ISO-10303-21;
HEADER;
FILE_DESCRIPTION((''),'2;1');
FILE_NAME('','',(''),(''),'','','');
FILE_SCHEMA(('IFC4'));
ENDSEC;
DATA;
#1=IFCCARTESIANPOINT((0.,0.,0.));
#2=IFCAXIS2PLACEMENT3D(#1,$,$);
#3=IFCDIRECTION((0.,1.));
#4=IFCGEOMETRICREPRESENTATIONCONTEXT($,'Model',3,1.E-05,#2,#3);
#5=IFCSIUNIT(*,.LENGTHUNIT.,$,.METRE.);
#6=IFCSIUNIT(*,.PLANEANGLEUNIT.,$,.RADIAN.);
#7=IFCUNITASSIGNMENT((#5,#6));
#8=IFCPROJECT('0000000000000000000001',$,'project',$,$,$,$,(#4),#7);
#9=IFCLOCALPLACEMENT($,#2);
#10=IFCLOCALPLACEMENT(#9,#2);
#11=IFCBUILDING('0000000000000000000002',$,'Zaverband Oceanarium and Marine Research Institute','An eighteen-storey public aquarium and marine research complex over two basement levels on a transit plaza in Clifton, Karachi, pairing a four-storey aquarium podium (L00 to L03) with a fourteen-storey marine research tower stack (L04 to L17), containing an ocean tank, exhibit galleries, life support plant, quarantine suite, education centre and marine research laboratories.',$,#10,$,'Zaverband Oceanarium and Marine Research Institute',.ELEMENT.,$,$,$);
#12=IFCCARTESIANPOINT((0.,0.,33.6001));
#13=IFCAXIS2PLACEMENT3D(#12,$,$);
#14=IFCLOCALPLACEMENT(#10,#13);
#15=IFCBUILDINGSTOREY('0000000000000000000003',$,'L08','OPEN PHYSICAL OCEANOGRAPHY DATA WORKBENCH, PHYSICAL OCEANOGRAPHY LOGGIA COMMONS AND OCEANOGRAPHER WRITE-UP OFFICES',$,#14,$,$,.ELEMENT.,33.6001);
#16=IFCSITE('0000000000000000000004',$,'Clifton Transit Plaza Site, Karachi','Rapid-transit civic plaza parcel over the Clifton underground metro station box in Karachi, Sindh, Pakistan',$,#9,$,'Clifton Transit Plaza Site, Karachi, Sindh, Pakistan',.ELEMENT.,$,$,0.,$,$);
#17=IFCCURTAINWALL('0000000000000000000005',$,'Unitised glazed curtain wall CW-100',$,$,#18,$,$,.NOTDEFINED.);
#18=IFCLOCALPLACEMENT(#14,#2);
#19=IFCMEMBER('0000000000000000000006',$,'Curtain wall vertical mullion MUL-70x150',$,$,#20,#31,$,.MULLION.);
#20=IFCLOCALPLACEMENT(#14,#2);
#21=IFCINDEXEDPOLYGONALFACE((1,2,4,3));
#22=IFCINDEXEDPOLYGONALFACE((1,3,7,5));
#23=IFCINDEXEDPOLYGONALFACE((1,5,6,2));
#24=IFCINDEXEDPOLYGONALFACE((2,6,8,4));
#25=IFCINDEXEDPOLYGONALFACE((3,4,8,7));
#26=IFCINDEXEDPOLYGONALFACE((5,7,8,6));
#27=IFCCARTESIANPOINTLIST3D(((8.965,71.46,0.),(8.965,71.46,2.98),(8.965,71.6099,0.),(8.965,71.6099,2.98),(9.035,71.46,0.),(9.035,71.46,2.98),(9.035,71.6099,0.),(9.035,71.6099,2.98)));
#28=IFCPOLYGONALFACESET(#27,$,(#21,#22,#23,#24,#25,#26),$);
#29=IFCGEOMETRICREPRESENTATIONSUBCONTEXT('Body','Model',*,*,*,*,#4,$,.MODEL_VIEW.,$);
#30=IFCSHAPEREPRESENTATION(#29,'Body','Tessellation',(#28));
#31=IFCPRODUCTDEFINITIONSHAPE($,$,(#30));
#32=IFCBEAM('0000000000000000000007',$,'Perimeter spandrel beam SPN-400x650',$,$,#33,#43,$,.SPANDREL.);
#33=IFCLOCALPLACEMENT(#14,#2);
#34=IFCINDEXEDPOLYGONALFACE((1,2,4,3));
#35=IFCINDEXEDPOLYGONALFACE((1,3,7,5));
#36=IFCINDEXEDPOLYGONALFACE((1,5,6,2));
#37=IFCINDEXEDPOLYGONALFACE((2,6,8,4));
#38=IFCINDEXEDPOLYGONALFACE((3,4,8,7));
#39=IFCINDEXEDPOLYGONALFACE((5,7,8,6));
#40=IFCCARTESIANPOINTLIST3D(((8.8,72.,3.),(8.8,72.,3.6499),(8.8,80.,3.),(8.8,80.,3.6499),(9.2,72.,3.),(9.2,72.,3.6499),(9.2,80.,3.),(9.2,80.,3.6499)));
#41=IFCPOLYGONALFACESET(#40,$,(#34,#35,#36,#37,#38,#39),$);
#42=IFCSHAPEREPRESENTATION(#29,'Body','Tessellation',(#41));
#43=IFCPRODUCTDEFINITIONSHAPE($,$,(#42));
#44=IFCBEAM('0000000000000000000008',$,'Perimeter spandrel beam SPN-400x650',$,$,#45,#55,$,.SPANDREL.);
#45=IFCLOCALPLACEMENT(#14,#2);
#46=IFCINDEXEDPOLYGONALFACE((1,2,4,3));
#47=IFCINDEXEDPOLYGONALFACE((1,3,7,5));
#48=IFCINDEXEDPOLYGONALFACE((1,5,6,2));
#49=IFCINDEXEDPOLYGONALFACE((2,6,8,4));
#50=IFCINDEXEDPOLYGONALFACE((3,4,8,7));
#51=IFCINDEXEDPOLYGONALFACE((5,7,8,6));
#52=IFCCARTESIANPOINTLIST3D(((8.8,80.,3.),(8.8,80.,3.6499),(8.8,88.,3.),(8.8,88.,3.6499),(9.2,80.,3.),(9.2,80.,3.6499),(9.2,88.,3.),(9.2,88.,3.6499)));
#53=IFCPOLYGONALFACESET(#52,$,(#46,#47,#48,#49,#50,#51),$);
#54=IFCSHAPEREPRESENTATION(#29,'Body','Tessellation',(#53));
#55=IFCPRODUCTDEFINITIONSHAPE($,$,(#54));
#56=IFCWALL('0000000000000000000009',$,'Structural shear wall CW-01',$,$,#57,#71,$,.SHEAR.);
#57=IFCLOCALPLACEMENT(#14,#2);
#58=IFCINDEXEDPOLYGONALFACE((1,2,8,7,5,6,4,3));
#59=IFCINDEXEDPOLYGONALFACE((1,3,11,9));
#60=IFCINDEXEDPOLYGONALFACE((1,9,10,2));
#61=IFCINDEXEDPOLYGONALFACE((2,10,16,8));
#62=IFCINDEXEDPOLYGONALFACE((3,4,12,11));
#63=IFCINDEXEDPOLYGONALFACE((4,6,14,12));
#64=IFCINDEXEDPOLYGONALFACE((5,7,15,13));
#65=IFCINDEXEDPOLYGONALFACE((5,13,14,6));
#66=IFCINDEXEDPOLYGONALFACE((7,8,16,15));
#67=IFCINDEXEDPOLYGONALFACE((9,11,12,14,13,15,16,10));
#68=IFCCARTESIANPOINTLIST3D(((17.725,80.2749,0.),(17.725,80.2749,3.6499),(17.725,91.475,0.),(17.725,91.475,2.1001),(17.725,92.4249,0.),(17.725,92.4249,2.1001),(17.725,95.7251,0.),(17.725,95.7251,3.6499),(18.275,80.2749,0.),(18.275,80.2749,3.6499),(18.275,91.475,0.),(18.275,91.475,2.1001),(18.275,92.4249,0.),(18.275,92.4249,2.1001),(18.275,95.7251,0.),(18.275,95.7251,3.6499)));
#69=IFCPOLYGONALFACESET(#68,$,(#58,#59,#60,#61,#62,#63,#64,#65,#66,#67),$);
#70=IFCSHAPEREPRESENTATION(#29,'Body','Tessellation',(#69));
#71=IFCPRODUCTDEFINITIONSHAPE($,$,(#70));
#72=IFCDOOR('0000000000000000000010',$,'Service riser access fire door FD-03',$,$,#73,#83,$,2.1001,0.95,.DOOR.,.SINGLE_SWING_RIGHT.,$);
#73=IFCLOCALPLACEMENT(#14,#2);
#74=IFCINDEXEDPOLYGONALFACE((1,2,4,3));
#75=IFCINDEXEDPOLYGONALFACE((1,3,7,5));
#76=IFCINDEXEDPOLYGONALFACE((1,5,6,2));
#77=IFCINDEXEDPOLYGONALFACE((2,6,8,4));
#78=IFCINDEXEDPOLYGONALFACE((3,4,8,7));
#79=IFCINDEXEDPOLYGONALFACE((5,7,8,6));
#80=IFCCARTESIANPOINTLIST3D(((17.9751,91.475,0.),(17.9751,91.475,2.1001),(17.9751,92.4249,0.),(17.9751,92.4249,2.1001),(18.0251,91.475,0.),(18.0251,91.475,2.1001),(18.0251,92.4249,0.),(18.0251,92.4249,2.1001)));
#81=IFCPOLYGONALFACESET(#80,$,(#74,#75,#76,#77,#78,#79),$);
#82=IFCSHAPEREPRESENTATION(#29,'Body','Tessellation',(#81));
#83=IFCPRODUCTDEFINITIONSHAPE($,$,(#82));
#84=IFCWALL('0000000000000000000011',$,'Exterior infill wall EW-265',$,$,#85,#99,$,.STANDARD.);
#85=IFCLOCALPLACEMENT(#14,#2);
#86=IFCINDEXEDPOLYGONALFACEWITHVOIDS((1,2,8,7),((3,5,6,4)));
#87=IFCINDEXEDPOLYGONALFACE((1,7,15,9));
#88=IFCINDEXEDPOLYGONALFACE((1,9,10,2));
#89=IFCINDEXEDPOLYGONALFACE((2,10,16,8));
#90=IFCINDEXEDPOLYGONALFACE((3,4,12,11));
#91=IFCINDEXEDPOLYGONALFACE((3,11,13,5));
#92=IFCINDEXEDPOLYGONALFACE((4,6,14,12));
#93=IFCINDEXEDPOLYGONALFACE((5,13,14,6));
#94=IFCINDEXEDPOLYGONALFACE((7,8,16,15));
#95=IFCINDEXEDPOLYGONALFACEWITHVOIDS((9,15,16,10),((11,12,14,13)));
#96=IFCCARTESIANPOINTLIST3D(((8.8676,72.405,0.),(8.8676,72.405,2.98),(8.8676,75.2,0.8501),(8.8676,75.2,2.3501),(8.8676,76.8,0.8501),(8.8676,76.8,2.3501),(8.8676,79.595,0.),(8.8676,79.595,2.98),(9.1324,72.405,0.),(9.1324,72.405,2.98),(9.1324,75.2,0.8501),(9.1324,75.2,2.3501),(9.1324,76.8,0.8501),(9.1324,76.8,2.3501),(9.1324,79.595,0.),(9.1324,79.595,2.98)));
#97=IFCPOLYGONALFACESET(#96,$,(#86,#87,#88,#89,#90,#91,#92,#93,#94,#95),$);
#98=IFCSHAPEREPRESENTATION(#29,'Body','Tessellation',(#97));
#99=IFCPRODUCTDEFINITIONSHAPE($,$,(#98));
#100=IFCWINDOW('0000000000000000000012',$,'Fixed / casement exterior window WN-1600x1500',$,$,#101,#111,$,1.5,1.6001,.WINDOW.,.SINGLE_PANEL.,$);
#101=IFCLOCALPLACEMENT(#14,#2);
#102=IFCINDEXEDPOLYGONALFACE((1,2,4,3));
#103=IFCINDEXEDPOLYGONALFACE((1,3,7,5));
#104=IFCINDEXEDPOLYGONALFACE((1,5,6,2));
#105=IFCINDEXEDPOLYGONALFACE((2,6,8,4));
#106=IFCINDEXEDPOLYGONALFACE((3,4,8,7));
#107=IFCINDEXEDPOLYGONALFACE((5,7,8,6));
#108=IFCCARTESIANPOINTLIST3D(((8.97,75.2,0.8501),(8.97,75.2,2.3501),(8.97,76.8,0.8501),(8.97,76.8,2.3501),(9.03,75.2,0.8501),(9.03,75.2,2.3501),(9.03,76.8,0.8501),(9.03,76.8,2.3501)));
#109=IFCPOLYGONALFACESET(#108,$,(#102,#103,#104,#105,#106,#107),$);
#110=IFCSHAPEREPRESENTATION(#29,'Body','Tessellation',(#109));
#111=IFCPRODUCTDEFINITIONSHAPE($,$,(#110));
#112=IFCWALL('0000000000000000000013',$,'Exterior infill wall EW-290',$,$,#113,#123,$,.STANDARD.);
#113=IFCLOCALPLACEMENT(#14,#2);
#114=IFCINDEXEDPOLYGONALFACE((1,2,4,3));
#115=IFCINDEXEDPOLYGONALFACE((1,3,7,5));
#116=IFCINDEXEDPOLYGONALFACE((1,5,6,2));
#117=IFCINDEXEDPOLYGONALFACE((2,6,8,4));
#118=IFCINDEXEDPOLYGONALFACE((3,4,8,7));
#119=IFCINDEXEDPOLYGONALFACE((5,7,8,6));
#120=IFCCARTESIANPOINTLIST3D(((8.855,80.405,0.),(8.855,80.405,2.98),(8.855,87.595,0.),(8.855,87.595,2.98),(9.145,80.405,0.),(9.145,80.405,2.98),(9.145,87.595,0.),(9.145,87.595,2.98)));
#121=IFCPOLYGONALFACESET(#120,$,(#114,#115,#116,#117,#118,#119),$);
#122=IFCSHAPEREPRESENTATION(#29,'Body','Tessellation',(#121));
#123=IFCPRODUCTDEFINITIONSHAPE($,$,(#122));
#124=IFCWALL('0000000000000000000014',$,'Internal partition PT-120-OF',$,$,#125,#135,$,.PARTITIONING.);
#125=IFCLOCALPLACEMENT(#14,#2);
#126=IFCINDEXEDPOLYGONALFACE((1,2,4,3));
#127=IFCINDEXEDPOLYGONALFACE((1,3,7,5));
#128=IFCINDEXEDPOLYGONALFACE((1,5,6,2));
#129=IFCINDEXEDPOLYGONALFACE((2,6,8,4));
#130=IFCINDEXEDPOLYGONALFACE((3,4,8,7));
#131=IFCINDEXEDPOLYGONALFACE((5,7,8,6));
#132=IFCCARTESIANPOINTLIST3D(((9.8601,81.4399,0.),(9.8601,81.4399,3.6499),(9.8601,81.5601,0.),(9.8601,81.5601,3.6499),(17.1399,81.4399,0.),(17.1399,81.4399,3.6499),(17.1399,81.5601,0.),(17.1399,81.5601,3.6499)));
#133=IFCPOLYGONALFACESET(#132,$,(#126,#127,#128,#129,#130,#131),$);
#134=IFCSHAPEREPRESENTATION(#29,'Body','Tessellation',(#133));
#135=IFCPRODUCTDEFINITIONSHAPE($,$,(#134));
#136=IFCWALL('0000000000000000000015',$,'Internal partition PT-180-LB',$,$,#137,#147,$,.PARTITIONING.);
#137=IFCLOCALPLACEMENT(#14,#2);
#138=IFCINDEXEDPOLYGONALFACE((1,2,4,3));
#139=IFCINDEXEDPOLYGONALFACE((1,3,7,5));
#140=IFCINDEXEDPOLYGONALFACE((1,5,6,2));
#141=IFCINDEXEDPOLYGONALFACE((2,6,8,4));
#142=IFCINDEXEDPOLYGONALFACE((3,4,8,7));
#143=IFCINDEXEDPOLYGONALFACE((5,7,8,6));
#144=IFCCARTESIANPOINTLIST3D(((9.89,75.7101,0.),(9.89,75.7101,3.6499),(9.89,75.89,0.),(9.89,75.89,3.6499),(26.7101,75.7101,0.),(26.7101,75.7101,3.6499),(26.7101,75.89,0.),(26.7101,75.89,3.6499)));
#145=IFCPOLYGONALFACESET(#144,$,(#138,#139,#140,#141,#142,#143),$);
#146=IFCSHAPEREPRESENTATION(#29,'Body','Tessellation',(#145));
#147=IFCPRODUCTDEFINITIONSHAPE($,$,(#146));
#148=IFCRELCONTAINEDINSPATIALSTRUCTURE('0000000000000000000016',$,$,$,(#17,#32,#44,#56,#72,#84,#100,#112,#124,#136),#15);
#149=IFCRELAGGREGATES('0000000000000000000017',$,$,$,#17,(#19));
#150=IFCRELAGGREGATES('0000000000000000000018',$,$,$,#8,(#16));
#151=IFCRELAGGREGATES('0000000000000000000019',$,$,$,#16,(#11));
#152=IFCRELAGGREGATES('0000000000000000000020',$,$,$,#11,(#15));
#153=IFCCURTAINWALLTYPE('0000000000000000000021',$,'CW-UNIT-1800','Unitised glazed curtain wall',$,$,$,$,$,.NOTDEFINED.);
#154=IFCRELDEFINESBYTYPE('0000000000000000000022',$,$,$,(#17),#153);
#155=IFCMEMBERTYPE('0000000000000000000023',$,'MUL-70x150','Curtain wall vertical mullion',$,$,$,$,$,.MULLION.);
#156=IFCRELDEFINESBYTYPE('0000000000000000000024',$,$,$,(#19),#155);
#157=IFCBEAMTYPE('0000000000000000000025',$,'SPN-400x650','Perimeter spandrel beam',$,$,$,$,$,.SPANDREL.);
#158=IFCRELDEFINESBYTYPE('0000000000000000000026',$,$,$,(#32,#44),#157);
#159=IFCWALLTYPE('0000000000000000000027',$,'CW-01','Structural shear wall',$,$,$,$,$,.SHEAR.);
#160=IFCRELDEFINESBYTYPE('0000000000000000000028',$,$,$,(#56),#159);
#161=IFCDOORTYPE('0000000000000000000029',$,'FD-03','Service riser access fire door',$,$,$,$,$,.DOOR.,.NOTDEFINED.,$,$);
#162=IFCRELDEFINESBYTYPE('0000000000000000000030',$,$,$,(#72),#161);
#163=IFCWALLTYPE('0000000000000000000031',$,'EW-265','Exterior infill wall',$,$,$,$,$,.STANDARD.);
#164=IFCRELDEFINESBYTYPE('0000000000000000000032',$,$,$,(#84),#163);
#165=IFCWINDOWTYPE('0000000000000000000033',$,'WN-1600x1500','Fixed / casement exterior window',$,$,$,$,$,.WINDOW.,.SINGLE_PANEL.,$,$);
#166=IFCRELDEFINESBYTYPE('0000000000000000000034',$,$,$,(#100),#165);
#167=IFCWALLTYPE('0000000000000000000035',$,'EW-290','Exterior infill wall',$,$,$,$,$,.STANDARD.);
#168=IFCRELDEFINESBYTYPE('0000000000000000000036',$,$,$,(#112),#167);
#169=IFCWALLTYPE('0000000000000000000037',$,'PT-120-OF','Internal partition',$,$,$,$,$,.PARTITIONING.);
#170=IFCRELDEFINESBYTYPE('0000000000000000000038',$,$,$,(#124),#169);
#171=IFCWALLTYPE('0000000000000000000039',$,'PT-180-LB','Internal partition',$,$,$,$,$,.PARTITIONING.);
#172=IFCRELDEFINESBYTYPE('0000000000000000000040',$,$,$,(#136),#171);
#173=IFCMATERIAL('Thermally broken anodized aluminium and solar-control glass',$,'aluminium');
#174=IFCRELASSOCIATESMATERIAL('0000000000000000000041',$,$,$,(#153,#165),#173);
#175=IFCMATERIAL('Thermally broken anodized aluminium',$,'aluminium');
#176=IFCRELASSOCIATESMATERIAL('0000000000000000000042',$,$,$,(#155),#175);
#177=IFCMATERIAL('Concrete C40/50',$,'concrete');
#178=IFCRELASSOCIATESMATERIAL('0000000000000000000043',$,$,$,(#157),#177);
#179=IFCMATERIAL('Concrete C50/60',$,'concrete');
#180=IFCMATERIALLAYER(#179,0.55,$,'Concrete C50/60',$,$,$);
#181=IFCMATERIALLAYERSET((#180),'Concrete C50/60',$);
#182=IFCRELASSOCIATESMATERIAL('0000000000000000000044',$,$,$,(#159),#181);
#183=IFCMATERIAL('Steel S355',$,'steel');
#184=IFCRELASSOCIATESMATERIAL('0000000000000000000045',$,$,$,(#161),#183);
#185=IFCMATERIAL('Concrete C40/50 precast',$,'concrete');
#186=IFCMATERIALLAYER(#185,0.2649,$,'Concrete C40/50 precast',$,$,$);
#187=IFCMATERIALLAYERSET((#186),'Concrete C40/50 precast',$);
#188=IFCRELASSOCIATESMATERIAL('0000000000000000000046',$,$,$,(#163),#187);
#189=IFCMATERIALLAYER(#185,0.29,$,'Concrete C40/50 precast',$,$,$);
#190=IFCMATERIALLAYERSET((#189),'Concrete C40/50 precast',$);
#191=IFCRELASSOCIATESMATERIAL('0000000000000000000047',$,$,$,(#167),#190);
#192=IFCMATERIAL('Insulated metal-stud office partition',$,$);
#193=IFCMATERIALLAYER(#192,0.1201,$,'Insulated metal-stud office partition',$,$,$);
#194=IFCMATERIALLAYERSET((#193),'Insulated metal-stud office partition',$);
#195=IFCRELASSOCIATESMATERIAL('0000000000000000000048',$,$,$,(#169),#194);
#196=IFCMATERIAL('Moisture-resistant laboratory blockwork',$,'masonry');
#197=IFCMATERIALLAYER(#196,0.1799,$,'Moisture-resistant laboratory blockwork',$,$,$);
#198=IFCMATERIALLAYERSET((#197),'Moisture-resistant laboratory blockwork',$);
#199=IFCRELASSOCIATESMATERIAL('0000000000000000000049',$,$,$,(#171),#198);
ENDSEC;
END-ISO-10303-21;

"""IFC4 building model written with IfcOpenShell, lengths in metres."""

from ifc_helpers import new_model, si_unit, direction, frame, frame_2d, origin, origin_2d, place, context, subcontext, project, spatial, rectangle, extrude, material, layer, layer_set, material_profile, profile_set, type_object, element, fill, aggregate, save


model = new_model("IFC4")

# Units and contexts
model_context = context("Model", 3, precision=1e-05, world=origin(), true_north=direction((0.0, 1.0)))
body_context = subcontext(model_context, "Body", "Model", "MODEL_VIEW")
ifc_project = project(units=[si_unit("LENGTHUNIT", "METRE"), si_unit("PLANEANGLEUNIT", "RADIAN")], contexts=[model_context])

# Site, building, storey
site_placement = place(None, origin())
site = spatial("IfcSite", under=ifc_project, at=site_placement, Name="Clifton Transit Plaza Site, Karachi", Description="Rapid-transit civic plaza parcel over the Clifton underground metro station box in Karachi, Sindh, Pakistan", LongName="Clifton Transit Plaza Site, Karachi, Sindh, Pakistan", CompositionType="ELEMENT", RefElevation=0.0)
building_placement = place(site_placement, origin())
building = spatial("IfcBuilding", under=site, at=building_placement, Name="Zaverband Oceanarium and Marine Research Institute", Description="An eighteen-storey public aquarium and marine research complex over two basement levels on a transit plaza in Clifton, Karachi, pairing a four-storey aquarium podium (L00 to L03) with a fourteen-storey marine research tower stack (L04 to L17), containing an ocean tank, exhibit galleries, life support plant, quarantine suite, education centre and marine research laboratories.", LongName="Zaverband Oceanarium and Marine Research Institute", CompositionType="ELEMENT")
storey_placement = place(building_placement, frame((0.0, 0.0, 33.6001)))
storey = spatial("IfcBuildingStorey", under=building, at=storey_placement, Name="L08", Description="OPEN PHYSICAL OCEANOGRAPHY DATA WORKBENCH, PHYSICAL OCEANOGRAPHY LOGGIA COMMONS AND OCEANOGRAPHER WRITE-UP OFFICES", CompositionType="ELEMENT", Elevation=33.6001)

# Shared definitions
ifc_material_1 = material(Name="Concrete C50/60", Category="concrete")

# Shared definitions
ifc_material_2 = material(Name="Concrete C40/50", Category="concrete")

# Shared definitions
ifc_material_3 = material(Name="Steel S355", Category="steel")

# Curtain wall, member
ifc_material_4 = material(Name="Thermally broken anodized aluminium and solar-control glass", Category="aluminium")
curtain_wall_type = type_object("IfcCurtainWallType", Name="CW-UNIT-1800", Description="Unitised glazed curtain wall", PredefinedType="NOTDEFINED", material=ifc_material_4)
curtain_wall_placement = place(storey_placement, origin())
curtain_wall = element("IfcCurtainWall", 1, at=curtain_wall_placement, inside=storey, type_object=curtain_wall_type, Name="Unitised glazed curtain wall CW-100", PredefinedType="NOTDEFINED")
ifc_material_5 = material(Name="Thermally broken anodized aluminium", Category="aluminium")
ifc_material_profile_1 = material_profile(ifc_material_5, rectangle(XDim=0.0701, YDim=0.1499, at=origin_2d()), Name="AL-MUL-70x150")
ifc_profile_set_1 = profile_set([ifc_material_profile_1], Name="Thermally broken anodized aluminium")
member_type_1 = type_object("IfcMemberType", Name="MUL-70x150", Description="Curtain wall vertical mullion", PredefinedType="MULLION", material=ifc_profile_set_1)
member_1_placement = place(storey_placement, frame((9.0, 71.5349, 0.0), z_axis=(0.0, 0.0, 1.0), x_axis=(1.0, 0.0, 0.0)))
member_1 = element("IfcMember", 2, at=member_1_placement, type_object=member_type_1, Name="Curtain wall vertical mullion MUL-70x150", PredefinedType="MULLION", context=body_context, shape_type="SweptSolid", body=[
    extrude(rectangle(XDim=0.0701, YDim=0.1499, at=origin_2d()), origin(), (0.0, 0.0, 1.0), 2.98),
])
aggregate(curtain_wall, [member_1])

# Beams
ifc_material_profile_2 = material_profile(ifc_material_2, rectangle(XDim=0.3999, YDim=0.6499, at=origin_2d()), Name="RC400x650")
ifc_profile_set_2 = profile_set([ifc_material_profile_2], Name="Concrete C40/50")
beam_type_1 = type_object("IfcBeamType", Name="SPN-400x650", Description="Perimeter spandrel beam", PredefinedType="SPANDREL", material=ifc_profile_set_2)
for number, where, z_axis, x_axis, name in (
    (3, (9.0, 72.0, 3.325), (0.0, 1.0, 0.0), (-1.0, 0.0, 0.0), "Perimeter spandrel beam SPN-400x650"),
    (4, (9.0, 80.0, 3.325), (0.0, 1.0, 0.0), (-1.0, 0.0, 0.0), "Perimeter spandrel beam SPN-400x650"),
):
    element("IfcBeam", number, at=place(storey_placement, frame(where, z_axis=z_axis, x_axis=x_axis)), inside=storey, type_object=beam_type_1, Name=name, PredefinedType="SPANDREL", context=body_context, shape_type="SweptSolid", body=[
        extrude(rectangle(XDim=0.3999, YDim=0.6499, at=origin_2d()), origin(), (0.0, 0.0, 1.0), 8.0),
    ])

# Wall, opening, door
ifc_layer_1 = layer(ifc_material_1, 0.55, Name="Concrete C50/60")
ifc_layer_set_1 = layer_set([ifc_layer_1], Name="Concrete C50/60")
wall_type_1 = type_object("IfcWallType", Name="CW-01", Description="Structural shear wall", PredefinedType="SHEAR", material=ifc_layer_set_1)
wall_1_placement = place(storey_placement, frame((18.0, 80.2749, 0.0), z_axis=(0.0, 0.0, 1.0), x_axis=(0.0, 1.0, 0.0)))
wall_1 = element("IfcWall", 5, at=wall_1_placement, inside=storey, type_object=wall_type_1, Name="Structural shear wall CW-01", PredefinedType="SHEAR", context=body_context, shape_type="SweptSolid", body=[
    extrude(rectangle(XDim=15.4502, YDim=0.55, at=frame_2d((7.7251, 0.0))), origin(), (0.0, 0.0, 1.0), 3.6499),
])
opening_1_placement = place(wall_1_placement, frame((11.2, 0.0, 0.0)))
opening_1 = element("IfcOpeningElement", 6, at=opening_1_placement, cuts=wall_1, PredefinedType="OPENING", context=body_context, shape_type="SweptSolid", body=[
    extrude(rectangle(XDim=0.95, YDim=2.1001, at=frame_2d((0.4751, 1.05))), frame((0.0, 0.2871, 0.0), z_axis=(0.0, -1.0, 0.0), x_axis=(1.0, 0.0, 0.0)), (0.0, 0.0, 1.0), 0.574),
])
door_type = type_object("IfcDoorType", Name="FD-03", Description="Service riser access fire door", OperationType="NOTDEFINED", PredefinedType="DOOR", material=ifc_material_3)
door_placement = place(opening_1_placement, origin())
door = element("IfcDoor", 7, at=door_placement, inside=storey, type_object=door_type, Name="Service riser access fire door FD-03", OperationType="SINGLE_SWING_RIGHT", OverallHeight=2.1001, OverallWidth=0.95, PredefinedType="DOOR", context=body_context, shape_type="SweptSolid", body=[
    extrude(rectangle(XDim=0.95, YDim=2.1001, at=frame_2d((0.4751, 1.05))), frame((0.0, 0.0249, 0.0), z_axis=(0.0, -1.0, 0.0), x_axis=(1.0, 0.0, 0.0)), (0.0, 0.0, 1.0), 0.05),
])
fill(opening_1, door)

# Wall, opening, window
ifc_material_6 = material(Name="Concrete C40/50 precast", Category="concrete")
ifc_layer_2 = layer(ifc_material_6, 0.2649, Name="Concrete C40/50 precast")
ifc_layer_set_2 = layer_set([ifc_layer_2], Name="Concrete C40/50 precast")
wall_type_2 = type_object("IfcWallType", Name="EW-265", Description="Exterior infill wall", PredefinedType="STANDARD", material=ifc_layer_set_2)
wall_2_placement = place(storey_placement, frame((9.0, 72.405, 0.0), z_axis=(0.0, 0.0, 1.0), x_axis=(0.0, 1.0, 0.0)))
wall_2 = element("IfcWall", 8, at=wall_2_placement, inside=storey, type_object=wall_type_2, Name="Exterior infill wall EW-265", PredefinedType="STANDARD", context=body_context, shape_type="SweptSolid", body=[
    extrude(rectangle(XDim=7.1899, YDim=0.2649, at=frame_2d((3.595, 0.0))), origin(), (0.0, 0.0, 1.0), 2.98),
])
opening_2_placement = place(wall_2_placement, frame((2.7949, 0.0, 0.8501)))
opening_2 = element("IfcOpeningElement", 9, at=opening_2_placement, cuts=wall_2, PredefinedType="OPENING", context=body_context, shape_type="SweptSolid", body=[
    extrude(rectangle(XDim=1.6001, YDim=1.5, at=frame_2d((0.8, 0.75))), frame((0.0, 0.1445, 0.0), z_axis=(0.0, -1.0, 0.0), x_axis=(1.0, 0.0, 0.0)), (0.0, 0.0, 1.0), 0.2888),
])
window_type = type_object("IfcWindowType", Name="WN-1600x1500", Description="Fixed / casement exterior window", PartitioningType="SINGLE_PANEL", PredefinedType="WINDOW", material=ifc_material_4)
window_placement = place(opening_2_placement, origin())
window = element("IfcWindow", 10, at=window_placement, inside=storey, type_object=window_type, Name="Fixed / casement exterior window WN-1600x1500", OverallHeight=1.5, OverallWidth=1.6001, PartitioningType="SINGLE_PANEL", PredefinedType="WINDOW", context=body_context, shape_type="SweptSolid", body=[
    extrude(rectangle(XDim=1.6001, YDim=1.5, at=frame_2d((0.8, 0.75))), frame((0.0, 0.03, 0.0), z_axis=(0.0, -1.0, 0.0), x_axis=(1.0, 0.0, 0.0)), (0.0, 0.0, 1.0), 0.0601),
])
fill(opening_2, window)

# Walls
ifc_layer_3 = layer(ifc_material_6, 0.29, Name="Concrete C40/50 precast")
ifc_layer_set_3 = layer_set([ifc_layer_3], Name="Concrete C40/50 precast")
wall_type_3 = type_object("IfcWallType", Name="EW-290", Description="Exterior infill wall", PredefinedType="STANDARD", material=ifc_layer_set_3)
wall_3_placement = place(storey_placement, frame((9.0, 80.405, 0.0), z_axis=(0.0, 0.0, 1.0), x_axis=(0.0, 1.0, 0.0)))
element("IfcWall", 11, at=wall_3_placement, inside=storey, type_object=wall_type_3, Name="Exterior infill wall EW-290", PredefinedType="STANDARD", context=body_context, shape_type="SweptSolid", body=[
    extrude(rectangle(XDim=7.1899, YDim=0.29, at=frame_2d((3.595, 0.0))), origin(), (0.0, 0.0, 1.0), 2.98),
])
ifc_material_7 = material(Name="Insulated metal-stud office partition")
ifc_layer_4 = layer(ifc_material_7, 0.1201, Name="Insulated metal-stud office partition")
ifc_layer_set_4 = layer_set([ifc_layer_4], Name="Insulated metal-stud office partition")
wall_type_4 = type_object("IfcWallType", Name="PT-120-OF", Description="Internal partition", PredefinedType="PARTITIONING", material=ifc_layer_set_4)
wall_4_placement = place(storey_placement, frame((9.8601, 81.5, 0.0), z_axis=(0.0, 0.0, 1.0), x_axis=(1.0, 0.0, 0.0)))
element("IfcWall", 12, at=wall_4_placement, inside=storey, type_object=wall_type_4, Name="Internal partition PT-120-OF", PredefinedType="PARTITIONING", context=body_context, shape_type="SweptSolid", body=[
    extrude(rectangle(XDim=7.2798, YDim=0.1201, at=frame_2d((3.6399, 0.0))), origin(), (0.0, 0.0, 1.0), 3.6499),
])
ifc_material_8 = material(Name="Moisture-resistant laboratory blockwork", Category="masonry")
ifc_layer_5 = layer(ifc_material_8, 0.1799, Name="Moisture-resistant laboratory blockwork")
ifc_layer_set_5 = layer_set([ifc_layer_5], Name="Moisture-resistant laboratory blockwork")
wall_type_5 = type_object("IfcWallType", Name="PT-180-LB", Description="Internal partition", PredefinedType="PARTITIONING", material=ifc_layer_set_5)
wall_5_placement = place(storey_placement, frame((9.8899, 75.8, 0.0), z_axis=(0.0, 0.0, 1.0), x_axis=(1.0, 0.0, 0.0)))
element("IfcWall", 13, at=wall_5_placement, inside=storey, type_object=wall_type_5, Name="Internal partition PT-180-LB", PredefinedType="PARTITIONING", context=body_context, shape_type="SweptSolid", body=[
    extrude(rectangle(XDim=16.8201, YDim=0.1799, at=frame_2d((8.4102, 0.0))), origin(), (0.0, 0.0, 1.0), 3.6499),
])

save(model, "model.ifc")
